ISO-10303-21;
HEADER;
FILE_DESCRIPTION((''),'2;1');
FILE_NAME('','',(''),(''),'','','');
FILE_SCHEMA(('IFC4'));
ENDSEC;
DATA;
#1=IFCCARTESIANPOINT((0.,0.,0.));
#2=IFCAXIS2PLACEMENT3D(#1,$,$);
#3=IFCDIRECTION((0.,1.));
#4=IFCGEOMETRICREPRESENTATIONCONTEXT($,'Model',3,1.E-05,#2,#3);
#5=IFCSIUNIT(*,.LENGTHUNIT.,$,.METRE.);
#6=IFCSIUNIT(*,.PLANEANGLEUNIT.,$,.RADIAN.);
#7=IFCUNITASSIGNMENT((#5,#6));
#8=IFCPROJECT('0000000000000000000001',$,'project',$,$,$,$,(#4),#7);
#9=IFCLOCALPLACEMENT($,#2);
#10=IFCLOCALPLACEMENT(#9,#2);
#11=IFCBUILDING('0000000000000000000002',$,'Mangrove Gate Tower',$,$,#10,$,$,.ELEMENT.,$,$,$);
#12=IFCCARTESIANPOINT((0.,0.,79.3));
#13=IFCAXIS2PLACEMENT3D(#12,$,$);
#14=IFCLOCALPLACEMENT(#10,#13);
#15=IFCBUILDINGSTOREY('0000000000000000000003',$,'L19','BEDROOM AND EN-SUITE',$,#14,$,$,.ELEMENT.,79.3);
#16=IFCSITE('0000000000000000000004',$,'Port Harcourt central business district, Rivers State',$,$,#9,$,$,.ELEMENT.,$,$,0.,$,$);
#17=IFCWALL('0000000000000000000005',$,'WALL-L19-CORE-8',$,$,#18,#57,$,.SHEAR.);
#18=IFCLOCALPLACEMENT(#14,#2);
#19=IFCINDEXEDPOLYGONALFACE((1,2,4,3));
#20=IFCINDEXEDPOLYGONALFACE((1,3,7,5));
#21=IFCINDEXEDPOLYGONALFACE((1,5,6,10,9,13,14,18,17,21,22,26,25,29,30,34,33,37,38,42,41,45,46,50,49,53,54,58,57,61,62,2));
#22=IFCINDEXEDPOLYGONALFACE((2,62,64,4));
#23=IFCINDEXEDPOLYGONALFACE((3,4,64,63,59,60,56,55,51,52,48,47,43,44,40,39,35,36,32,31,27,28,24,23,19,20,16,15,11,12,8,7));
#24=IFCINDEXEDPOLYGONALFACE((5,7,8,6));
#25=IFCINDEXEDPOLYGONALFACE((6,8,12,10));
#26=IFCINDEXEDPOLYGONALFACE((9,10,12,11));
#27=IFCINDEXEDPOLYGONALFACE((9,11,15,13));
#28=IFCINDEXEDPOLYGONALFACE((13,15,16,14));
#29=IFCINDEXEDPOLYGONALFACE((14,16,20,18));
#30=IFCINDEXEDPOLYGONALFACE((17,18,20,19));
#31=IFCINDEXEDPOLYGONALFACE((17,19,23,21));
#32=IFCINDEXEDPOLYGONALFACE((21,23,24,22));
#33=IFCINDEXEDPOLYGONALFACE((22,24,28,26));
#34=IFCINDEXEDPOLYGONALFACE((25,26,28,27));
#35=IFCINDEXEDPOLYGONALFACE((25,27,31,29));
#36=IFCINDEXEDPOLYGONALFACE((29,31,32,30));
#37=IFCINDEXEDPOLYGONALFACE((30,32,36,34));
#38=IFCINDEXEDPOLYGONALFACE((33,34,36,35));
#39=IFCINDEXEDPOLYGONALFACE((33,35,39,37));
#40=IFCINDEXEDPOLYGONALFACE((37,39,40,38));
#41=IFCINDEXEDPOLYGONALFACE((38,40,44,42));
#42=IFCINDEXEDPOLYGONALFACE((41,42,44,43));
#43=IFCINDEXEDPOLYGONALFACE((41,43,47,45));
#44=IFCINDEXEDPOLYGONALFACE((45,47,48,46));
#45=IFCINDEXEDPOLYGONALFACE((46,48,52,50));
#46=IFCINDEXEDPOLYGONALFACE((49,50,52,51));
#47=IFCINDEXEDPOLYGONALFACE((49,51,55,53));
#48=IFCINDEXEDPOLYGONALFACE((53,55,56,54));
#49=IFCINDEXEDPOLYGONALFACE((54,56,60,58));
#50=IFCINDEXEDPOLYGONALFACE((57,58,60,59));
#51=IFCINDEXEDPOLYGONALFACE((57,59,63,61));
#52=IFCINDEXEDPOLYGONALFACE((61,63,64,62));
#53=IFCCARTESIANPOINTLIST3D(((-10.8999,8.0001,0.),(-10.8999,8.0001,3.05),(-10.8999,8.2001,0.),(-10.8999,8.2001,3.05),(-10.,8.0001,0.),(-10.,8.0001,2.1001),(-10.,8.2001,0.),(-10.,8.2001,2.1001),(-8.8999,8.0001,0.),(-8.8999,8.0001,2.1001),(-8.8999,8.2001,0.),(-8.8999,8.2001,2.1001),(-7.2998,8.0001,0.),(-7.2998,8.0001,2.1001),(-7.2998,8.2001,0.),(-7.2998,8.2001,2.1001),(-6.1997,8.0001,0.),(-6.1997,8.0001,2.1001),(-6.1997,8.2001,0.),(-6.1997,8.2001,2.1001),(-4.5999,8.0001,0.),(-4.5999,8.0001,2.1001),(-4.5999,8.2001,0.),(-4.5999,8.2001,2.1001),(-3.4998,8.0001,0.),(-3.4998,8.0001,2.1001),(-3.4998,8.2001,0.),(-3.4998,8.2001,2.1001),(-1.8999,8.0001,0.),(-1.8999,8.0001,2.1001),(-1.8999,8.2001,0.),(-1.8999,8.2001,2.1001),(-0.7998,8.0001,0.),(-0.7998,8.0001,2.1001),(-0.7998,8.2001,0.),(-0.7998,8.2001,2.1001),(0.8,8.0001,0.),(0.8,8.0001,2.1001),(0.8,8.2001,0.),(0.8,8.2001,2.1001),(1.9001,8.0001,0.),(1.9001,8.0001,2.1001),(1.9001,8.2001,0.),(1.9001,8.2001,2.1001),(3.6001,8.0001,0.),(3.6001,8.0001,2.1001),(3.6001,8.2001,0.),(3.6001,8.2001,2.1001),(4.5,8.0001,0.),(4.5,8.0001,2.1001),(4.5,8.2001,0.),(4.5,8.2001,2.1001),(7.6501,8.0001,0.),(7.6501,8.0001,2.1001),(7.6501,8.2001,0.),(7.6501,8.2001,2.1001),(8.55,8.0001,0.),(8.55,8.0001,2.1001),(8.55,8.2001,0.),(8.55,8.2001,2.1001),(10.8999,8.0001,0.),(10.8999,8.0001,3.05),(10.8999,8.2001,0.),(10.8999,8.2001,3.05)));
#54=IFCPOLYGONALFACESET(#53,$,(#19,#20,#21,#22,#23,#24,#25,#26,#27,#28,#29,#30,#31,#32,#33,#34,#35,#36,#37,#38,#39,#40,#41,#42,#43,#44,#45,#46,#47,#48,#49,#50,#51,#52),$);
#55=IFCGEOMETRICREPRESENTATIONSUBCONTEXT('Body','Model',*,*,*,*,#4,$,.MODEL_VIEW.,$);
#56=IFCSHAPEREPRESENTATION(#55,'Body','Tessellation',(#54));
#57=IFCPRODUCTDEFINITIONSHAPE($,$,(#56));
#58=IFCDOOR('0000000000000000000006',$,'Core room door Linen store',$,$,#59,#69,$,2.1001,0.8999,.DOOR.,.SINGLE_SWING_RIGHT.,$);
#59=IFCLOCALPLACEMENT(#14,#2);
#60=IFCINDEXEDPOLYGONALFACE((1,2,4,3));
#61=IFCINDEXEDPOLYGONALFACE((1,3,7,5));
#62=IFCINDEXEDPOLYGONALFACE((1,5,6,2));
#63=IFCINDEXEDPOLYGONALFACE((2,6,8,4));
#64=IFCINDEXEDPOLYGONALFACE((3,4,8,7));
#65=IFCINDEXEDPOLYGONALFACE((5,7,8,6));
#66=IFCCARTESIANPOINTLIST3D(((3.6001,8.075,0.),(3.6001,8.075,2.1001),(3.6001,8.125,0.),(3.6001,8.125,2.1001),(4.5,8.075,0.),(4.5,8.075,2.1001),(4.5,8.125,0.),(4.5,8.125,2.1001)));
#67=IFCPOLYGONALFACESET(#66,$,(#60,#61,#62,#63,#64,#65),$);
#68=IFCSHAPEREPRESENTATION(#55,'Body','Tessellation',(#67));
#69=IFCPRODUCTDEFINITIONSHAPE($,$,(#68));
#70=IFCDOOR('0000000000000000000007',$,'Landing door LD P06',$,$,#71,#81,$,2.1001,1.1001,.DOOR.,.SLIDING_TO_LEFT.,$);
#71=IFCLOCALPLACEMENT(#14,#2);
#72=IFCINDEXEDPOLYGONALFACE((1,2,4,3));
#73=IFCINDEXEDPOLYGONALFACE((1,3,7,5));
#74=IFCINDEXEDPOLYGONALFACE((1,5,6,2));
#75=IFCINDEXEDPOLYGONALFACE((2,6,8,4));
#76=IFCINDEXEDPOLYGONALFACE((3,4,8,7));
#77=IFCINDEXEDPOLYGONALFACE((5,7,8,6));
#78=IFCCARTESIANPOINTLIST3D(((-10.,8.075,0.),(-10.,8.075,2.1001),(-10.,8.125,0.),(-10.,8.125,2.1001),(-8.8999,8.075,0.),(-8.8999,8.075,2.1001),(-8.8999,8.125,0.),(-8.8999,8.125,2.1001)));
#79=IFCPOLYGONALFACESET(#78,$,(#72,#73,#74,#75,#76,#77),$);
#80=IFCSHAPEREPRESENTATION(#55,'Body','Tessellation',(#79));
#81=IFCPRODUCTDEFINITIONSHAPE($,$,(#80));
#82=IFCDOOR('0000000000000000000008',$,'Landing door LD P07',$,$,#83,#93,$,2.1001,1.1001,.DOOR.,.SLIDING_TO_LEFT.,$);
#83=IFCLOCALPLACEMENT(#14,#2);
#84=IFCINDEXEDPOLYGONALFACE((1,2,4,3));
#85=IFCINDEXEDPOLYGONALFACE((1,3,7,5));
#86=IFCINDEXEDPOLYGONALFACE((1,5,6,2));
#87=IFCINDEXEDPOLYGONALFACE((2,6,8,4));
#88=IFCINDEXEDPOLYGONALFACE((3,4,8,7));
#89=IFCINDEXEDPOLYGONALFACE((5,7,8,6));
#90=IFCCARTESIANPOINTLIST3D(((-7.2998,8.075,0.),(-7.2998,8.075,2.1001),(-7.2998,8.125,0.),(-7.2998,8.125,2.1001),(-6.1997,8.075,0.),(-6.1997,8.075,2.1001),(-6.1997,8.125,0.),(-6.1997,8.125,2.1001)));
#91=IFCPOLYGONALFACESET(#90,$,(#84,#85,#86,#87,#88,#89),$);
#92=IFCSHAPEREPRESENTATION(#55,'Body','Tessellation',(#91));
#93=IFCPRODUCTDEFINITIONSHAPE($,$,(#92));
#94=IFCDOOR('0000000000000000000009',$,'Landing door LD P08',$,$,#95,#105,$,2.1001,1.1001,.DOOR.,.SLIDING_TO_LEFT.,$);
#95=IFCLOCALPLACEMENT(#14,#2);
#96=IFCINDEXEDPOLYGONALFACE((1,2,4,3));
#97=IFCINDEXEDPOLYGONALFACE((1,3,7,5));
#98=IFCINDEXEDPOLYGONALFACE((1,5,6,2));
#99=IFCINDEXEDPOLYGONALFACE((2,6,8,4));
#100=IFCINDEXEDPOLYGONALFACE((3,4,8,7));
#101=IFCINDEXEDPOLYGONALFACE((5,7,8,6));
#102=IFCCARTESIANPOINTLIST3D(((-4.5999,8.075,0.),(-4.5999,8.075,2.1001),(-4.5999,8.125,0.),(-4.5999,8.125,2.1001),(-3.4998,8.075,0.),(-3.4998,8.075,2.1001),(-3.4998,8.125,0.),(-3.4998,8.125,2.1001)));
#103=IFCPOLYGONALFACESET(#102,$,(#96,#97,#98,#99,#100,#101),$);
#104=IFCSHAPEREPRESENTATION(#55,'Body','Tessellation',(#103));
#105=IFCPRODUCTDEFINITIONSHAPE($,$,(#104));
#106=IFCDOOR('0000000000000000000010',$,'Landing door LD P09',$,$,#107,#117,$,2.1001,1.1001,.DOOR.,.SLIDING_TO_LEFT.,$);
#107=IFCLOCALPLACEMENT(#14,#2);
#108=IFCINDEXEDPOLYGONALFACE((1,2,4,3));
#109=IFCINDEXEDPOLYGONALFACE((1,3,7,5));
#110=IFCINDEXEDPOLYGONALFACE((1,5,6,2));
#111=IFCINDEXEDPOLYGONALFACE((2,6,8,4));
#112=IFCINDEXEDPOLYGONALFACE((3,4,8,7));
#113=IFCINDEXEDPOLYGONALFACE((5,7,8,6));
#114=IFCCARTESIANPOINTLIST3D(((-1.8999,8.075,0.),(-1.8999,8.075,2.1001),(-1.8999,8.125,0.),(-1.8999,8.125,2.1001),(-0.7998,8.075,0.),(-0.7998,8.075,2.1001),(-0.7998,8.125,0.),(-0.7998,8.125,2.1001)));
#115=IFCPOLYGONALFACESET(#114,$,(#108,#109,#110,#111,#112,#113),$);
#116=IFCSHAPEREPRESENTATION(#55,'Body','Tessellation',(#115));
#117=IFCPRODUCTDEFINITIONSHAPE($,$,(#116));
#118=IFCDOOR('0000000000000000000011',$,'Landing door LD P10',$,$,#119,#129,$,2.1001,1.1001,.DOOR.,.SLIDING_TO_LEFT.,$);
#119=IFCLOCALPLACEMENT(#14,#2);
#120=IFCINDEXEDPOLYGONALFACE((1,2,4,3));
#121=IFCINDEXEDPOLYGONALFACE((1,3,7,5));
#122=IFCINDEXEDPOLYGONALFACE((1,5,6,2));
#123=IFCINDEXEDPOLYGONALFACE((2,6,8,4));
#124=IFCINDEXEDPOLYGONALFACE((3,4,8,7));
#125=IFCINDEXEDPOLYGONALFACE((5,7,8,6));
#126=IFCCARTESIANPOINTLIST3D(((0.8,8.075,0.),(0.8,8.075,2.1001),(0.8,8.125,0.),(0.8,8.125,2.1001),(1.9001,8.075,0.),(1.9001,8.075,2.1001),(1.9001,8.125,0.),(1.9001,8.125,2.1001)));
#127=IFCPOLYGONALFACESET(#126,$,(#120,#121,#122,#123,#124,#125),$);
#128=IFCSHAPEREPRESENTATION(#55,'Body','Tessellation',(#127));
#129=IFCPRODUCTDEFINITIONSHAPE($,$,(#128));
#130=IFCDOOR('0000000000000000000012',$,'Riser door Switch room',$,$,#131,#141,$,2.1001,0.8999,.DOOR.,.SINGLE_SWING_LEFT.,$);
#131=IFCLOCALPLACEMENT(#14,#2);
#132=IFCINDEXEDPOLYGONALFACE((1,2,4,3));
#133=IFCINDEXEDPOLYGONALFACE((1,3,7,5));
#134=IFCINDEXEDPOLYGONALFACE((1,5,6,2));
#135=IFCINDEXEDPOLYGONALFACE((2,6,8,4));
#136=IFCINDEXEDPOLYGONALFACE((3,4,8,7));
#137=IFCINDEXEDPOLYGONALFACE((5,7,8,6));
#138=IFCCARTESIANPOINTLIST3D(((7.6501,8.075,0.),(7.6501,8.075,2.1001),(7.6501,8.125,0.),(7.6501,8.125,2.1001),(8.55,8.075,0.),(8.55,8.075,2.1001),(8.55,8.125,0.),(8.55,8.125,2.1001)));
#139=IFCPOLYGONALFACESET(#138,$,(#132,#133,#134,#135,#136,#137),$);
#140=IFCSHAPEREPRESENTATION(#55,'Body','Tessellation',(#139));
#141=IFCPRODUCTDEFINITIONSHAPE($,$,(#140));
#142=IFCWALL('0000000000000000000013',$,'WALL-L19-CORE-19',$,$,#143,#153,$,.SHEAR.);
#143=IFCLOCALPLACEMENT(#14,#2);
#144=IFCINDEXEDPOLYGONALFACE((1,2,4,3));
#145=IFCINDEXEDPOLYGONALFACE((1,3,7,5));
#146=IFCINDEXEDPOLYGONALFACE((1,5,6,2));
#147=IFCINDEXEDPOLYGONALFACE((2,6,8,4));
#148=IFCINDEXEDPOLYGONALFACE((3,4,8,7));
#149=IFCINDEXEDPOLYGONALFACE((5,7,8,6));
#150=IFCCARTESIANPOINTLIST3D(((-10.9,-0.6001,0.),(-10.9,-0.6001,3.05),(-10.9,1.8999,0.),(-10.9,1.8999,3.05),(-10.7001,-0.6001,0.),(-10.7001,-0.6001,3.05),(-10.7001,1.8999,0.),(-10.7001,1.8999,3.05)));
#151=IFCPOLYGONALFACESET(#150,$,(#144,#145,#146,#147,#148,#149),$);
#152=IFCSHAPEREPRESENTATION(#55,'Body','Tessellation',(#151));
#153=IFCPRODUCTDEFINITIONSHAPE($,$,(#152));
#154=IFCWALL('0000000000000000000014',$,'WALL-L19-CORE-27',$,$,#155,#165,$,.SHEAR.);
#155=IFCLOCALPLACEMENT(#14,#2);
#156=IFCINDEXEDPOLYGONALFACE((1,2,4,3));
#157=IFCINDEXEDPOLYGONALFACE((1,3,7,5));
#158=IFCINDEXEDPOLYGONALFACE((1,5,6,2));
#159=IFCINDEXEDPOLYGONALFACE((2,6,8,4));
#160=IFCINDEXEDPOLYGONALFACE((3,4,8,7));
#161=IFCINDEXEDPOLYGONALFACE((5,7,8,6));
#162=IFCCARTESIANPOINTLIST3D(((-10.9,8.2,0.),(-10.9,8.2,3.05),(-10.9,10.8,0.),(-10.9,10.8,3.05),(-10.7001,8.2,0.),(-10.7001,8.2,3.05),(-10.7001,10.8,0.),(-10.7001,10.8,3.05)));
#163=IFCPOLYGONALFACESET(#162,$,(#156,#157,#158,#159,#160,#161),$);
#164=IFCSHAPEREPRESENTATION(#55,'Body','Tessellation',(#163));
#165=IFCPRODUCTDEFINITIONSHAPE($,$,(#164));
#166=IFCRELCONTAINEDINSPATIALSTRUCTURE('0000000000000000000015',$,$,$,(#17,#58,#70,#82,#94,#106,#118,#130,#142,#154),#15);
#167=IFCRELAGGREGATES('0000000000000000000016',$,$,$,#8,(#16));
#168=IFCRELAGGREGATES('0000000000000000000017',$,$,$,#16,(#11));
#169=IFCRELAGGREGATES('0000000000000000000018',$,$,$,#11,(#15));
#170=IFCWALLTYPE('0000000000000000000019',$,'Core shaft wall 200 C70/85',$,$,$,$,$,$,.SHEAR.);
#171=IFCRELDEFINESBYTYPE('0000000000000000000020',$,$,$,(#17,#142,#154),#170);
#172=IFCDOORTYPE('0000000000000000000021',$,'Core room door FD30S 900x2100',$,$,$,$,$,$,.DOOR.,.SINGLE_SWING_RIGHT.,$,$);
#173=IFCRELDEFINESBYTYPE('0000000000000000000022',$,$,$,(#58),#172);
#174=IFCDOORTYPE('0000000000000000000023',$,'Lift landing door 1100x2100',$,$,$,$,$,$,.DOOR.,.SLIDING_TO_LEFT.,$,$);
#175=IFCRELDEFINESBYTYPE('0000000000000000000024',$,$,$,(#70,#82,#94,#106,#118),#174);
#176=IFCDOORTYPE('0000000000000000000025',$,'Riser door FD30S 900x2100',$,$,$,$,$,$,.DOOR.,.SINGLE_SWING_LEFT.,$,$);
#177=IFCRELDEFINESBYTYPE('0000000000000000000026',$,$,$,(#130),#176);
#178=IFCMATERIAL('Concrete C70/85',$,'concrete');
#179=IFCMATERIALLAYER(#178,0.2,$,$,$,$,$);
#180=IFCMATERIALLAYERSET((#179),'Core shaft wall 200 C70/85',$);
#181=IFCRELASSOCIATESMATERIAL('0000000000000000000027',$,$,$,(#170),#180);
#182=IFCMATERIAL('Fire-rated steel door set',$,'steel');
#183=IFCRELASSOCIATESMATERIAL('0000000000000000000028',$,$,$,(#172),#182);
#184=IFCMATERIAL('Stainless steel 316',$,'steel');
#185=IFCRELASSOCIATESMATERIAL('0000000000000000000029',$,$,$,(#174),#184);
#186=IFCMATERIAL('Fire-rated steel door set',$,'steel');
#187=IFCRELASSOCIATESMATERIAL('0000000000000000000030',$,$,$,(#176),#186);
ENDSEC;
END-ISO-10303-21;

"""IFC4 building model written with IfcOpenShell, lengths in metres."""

from ifc_helpers import new_model, si_unit, direction, frame, frame_2d, origin, place, context, subcontext, project, spatial, rectangle, extrude, material, layer, layer_set, type_object, element, fill, save


model = new_model("IFC4")

# Units and contexts
model_context = context("Model", 3, precision=1e-05, world=origin(), true_north=direction((0.0, 1.0)))
body_context = subcontext(model_context, "Body", "Model", "MODEL_VIEW")
ifc_project = project(units=[si_unit("LENGTHUNIT", "METRE"), si_unit("PLANEANGLEUNIT", "RADIAN")], contexts=[model_context])

# Site, building, storey
site_placement = place(None, origin())
site = spatial("IfcSite", under=ifc_project, at=site_placement, Name="Port Harcourt central business district, Rivers State", CompositionType="ELEMENT", RefElevation=0.0)
building_placement = place(site_placement, origin())
building = spatial("IfcBuilding", under=site, at=building_placement, Name="Mangrove Gate Tower", CompositionType="ELEMENT")
storey_placement = place(building_placement, frame((0.0, 0.0, 79.3)))
storey = spatial("IfcBuildingStorey", under=building, at=storey_placement, Name="L19", Description="BEDROOM AND EN-SUITE", CompositionType="ELEMENT", Elevation=79.3)

# Shared definitions
ifc_material_1 = material(Name="Concrete C70/85", Category="concrete")
ifc_layer_1 = layer(ifc_material_1, 0.2)
ifc_layer_set_1 = layer_set([ifc_layer_1], Name="Core shaft wall 200 C70/85")
wall_type_1 = type_object("IfcWallType", Name="Core shaft wall 200 C70/85", PredefinedType="SHEAR", material=ifc_layer_set_1)

# Wall, openings, doors
ifc_material_2 = material(Name="Fire-rated steel door set", Category="steel")
door_type_1 = type_object("IfcDoorType", Name="Core room door FD30S 900x2100", OperationType="SINGLE_SWING_RIGHT", PredefinedType="DOOR", material=ifc_material_2)
ifc_material_3 = material(Name="Stainless steel 316", Category="steel")
door_type_2 = type_object("IfcDoorType", Name="Lift landing door 1100x2100", OperationType="SLIDING_TO_LEFT", PredefinedType="DOOR", material=ifc_material_3)
ifc_material_4 = material(Name="Fire-rated steel door set", Category="steel")
door_type_3 = type_object("IfcDoorType", Name="Riser door FD30S 900x2100", OperationType="SINGLE_SWING_LEFT", PredefinedType="DOOR", material=ifc_material_4)
wall_1_placement = place(storey_placement, frame((-10.8999, 8.1001, 0.0), z_axis=(0.0, 0.0, 1.0), x_axis=(1.0, 0.0, 0.0)))
wall_1 = element("IfcWall", 1, at=wall_1_placement, inside=storey, type_object=wall_type_1, Name="WALL-L19-CORE-8", PredefinedType="SHEAR", context=body_context, shape_type="SweptSolid", body=[
    extrude(rectangle(XDim=21.7998, YDim=0.2, at=frame_2d((10.8999, 0.0))), origin(), (0.0, 0.0, 1.0), 3.05),
])
opening_1_placement = place(wall_1_placement, frame((0.8999, 0.0, 0.0)))
opening_1 = element("IfcOpeningElement", 2, at=opening_1_placement, cuts=wall_1, PredefinedType="OPENING", context=body_context, shape_type="SweptSolid", body=[
    extrude(rectangle(XDim=1.1001, YDim=2.1001, at=frame_2d((0.55, 1.05))), frame((0.0, 0.1099, 0.0), z_axis=(0.0, -1.0, 0.0), x_axis=(1.0, 0.0, 0.0)), (0.0, 0.0, 1.0), 0.22),
])
opening_2_placement = place(wall_1_placement, frame((3.6001, 0.0, 0.0)))
opening_2 = element("IfcOpeningElement", 3, at=opening_2_placement, cuts=wall_1, PredefinedType="OPENING", context=body_context, shape_type="SweptSolid", body=[
    extrude(rectangle(XDim=1.1001, YDim=2.1001, at=frame_2d((0.55, 1.05))), frame((0.0, 0.1099, 0.0), z_axis=(0.0, -1.0, 0.0), x_axis=(1.0, 0.0, 0.0)), (0.0, 0.0, 1.0), 0.22),
])
opening_3_placement = place(wall_1_placement, frame((6.3, 0.0, 0.0)))
opening_3 = element("IfcOpeningElement", 4, at=opening_3_placement, cuts=wall_1, PredefinedType="OPENING", context=body_context, shape_type="SweptSolid", body=[
    extrude(rectangle(XDim=1.1001, YDim=2.1001, at=frame_2d((0.55, 1.05))), frame((0.0, 0.1099, 0.0), z_axis=(0.0, -1.0, 0.0), x_axis=(1.0, 0.0, 0.0)), (0.0, 0.0, 1.0), 0.22),
])
opening_4_placement = place(wall_1_placement, frame((9.0, 0.0, 0.0)))
opening_4 = element("IfcOpeningElement", 5, at=opening_4_placement, cuts=wall_1, PredefinedType="OPENING", context=body_context, shape_type="SweptSolid", body=[
    extrude(rectangle(XDim=1.1001, YDim=2.1001, at=frame_2d((0.55, 1.05))), frame((0.0, 0.1099, 0.0), z_axis=(0.0, -1.0, 0.0), x_axis=(1.0, 0.0, 0.0)), (0.0, 0.0, 1.0), 0.22),
])
opening_5_placement = place(wall_1_placement, frame((11.7, 0.0, 0.0)))
opening_5 = element("IfcOpeningElement", 6, at=opening_5_placement, cuts=wall_1, PredefinedType="OPENING", context=body_context, shape_type="SweptSolid", body=[
    extrude(rectangle(XDim=1.1001, YDim=2.1001, at=frame_2d((0.55, 1.05))), frame((0.0, 0.1099, 0.0), z_axis=(0.0, -1.0, 0.0), x_axis=(1.0, 0.0, 0.0)), (0.0, 0.0, 1.0), 0.22),
])
opening_6_placement = place(wall_1_placement, frame((14.5, 0.0, 0.0)))
opening_6 = element("IfcOpeningElement", 7, at=opening_6_placement, cuts=wall_1, PredefinedType="OPENING", context=body_context, shape_type="SweptSolid", body=[
    extrude(rectangle(XDim=0.8999, YDim=2.1001, at=frame_2d((0.45, 1.05))), frame((0.0, 0.1099, 0.0), z_axis=(0.0, -1.0, 0.0), x_axis=(1.0, 0.0, 0.0)), (0.0, 0.0, 1.0), 0.22),
])
opening_7_placement = place(wall_1_placement, frame((18.55, 0.0, 0.0)))
opening_7 = element("IfcOpeningElement", 8, at=opening_7_placement, cuts=wall_1, PredefinedType="OPENING", context=body_context, shape_type="SweptSolid", body=[
    extrude(rectangle(XDim=0.8999, YDim=2.1001, at=frame_2d((0.45, 1.05))), frame((0.0, 0.1099, 0.0), z_axis=(0.0, -1.0, 0.0), x_axis=(1.0, 0.0, 0.0)), (0.0, 0.0, 1.0), 0.22),
])
door_1_placement = place(opening_6_placement, origin())
door_1 = element("IfcDoor", 9, at=door_1_placement, inside=storey, type_object=door_type_1, Name="Core room door Linen store", OperationType="SINGLE_SWING_RIGHT", OverallHeight=2.1001, OverallWidth=0.8999, PredefinedType="DOOR", context=body_context, shape_type="SweptSolid", body=[
    extrude(rectangle(XDim=0.8999, YDim=2.1001, at=frame_2d((0.45, 1.05))), frame((0.0, 0.0249, 0.0), z_axis=(0.0, -1.0, 0.0), x_axis=(1.0, 0.0, 0.0)), (0.0, 0.0, 1.0), 0.05),
])
fill(opening_6, door_1)
door_2_placement = place(opening_1_placement, origin())
door_2 = element("IfcDoor", 10, at=door_2_placement, inside=storey, type_object=door_type_2, Name="Landing door LD P06", OperationType="SLIDING_TO_LEFT", OverallHeight=2.1001, OverallWidth=1.1001, PredefinedType="DOOR", context=body_context, shape_type="SweptSolid", body=[
    extrude(rectangle(XDim=1.1001, YDim=2.1001, at=frame_2d((0.55, 1.05))), frame((0.0, 0.0249, 0.0), z_axis=(0.0, -1.0, 0.0), x_axis=(1.0, 0.0, 0.0)), (0.0, 0.0, 1.0), 0.05),
])
fill(opening_1, door_2)
door_3_placement = place(opening_2_placement, origin())
door_3 = element("IfcDoor", 11, at=door_3_placement, inside=storey, type_object=door_type_2, Name="Landing door LD P07", OperationType="SLIDING_TO_LEFT", OverallHeight=2.1001, OverallWidth=1.1001, PredefinedType="DOOR", context=body_context, shape_type="SweptSolid", body=[
    extrude(rectangle(XDim=1.1001, YDim=2.1001, at=frame_2d((0.55, 1.05))), frame((0.0, 0.0249, 0.0), z_axis=(0.0, -1.0, 0.0), x_axis=(1.0, 0.0, 0.0)), (0.0, 0.0, 1.0), 0.05),
])
fill(opening_2, door_3)
door_4_placement = place(opening_3_placement, origin())
door_4 = element("IfcDoor", 12, at=door_4_placement, inside=storey, type_object=door_type_2, Name="Landing door LD P08", OperationType="SLIDING_TO_LEFT", OverallHeight=2.1001, OverallWidth=1.1001, PredefinedType="DOOR", context=body_context, shape_type="SweptSolid", body=[
    extrude(rectangle(XDim=1.1001, YDim=2.1001, at=frame_2d((0.55, 1.05))), frame((0.0, 0.0249, 0.0), z_axis=(0.0, -1.0, 0.0), x_axis=(1.0, 0.0, 0.0)), (0.0, 0.0, 1.0), 0.05),
])
fill(opening_3, door_4)
door_5_placement = place(opening_4_placement, origin())
door_5 = element("IfcDoor", 13, at=door_5_placement, inside=storey, type_object=door_type_2, Name="Landing door LD P09", OperationType="SLIDING_TO_LEFT", OverallHeight=2.1001, OverallWidth=1.1001, PredefinedType="DOOR", context=body_context, shape_type="SweptSolid", body=[
    extrude(rectangle(XDim=1.1001, YDim=2.1001, at=frame_2d((0.55, 1.05))), frame((0.0, 0.0249, 0.0), z_axis=(0.0, -1.0, 0.0), x_axis=(1.0, 0.0, 0.0)), (0.0, 0.0, 1.0), 0.05),
])
fill(opening_4, door_5)
door_6_placement = place(opening_5_placement, origin())
door_6 = element("IfcDoor", 14, at=door_6_placement, inside=storey, type_object=door_type_2, Name="Landing door LD P10", OperationType="SLIDING_TO_LEFT", OverallHeight=2.1001, OverallWidth=1.1001, PredefinedType="DOOR", context=body_context, shape_type="SweptSolid", body=[
    extrude(rectangle(XDim=1.1001, YDim=2.1001, at=frame_2d((0.55, 1.05))), frame((0.0, 0.0249, 0.0), z_axis=(0.0, -1.0, 0.0), x_axis=(1.0, 0.0, 0.0)), (0.0, 0.0, 1.0), 0.05),
])
fill(opening_5, door_6)
door_7_placement = place(opening_7_placement, origin())
door_7 = element("IfcDoor", 15, at=door_7_placement, inside=storey, type_object=door_type_3, Name="Riser door Switch room", OperationType="SINGLE_SWING_LEFT", OverallHeight=2.1001, OverallWidth=0.8999, PredefinedType="DOOR", context=body_context, shape_type="SweptSolid", body=[
    extrude(rectangle(XDim=0.8999, YDim=2.1001, at=frame_2d((0.45, 1.05))), frame((0.0, 0.0249, 0.0), z_axis=(0.0, -1.0, 0.0), x_axis=(1.0, 0.0, 0.0)), (0.0, 0.0, 1.0), 0.05),
])
fill(opening_7, door_7)

# Walls
wall_2_placement = place(storey_placement, frame((-10.8, -0.6001, 0.0), z_axis=(0.0, 0.0, 1.0), x_axis=(0.0, 1.0, 0.0)))
element("IfcWall", 16, at=wall_2_placement, inside=storey, type_object=wall_type_1, Name="WALL-L19-CORE-19", PredefinedType="SHEAR", context=body_context, shape_type="SweptSolid", body=[
    extrude(rectangle(XDim=2.5, YDim=0.2, at=frame_2d((1.25, 0.0))), origin(), (0.0, 0.0, 1.0), 3.05),
])
wall_3_placement = place(storey_placement, frame((-10.8, 8.2, 0.0), z_axis=(0.0, 0.0, 1.0), x_axis=(0.0, 1.0, 0.0)))
element("IfcWall", 17, at=wall_3_placement, inside=storey, type_object=wall_type_1, Name="WALL-L19-CORE-27", PredefinedType="SHEAR", context=body_context, shape_type="SweptSolid", body=[
    extrude(rectangle(XDim=2.6001, YDim=0.2, at=frame_2d((1.3, 0.0))), origin(), (0.0, 0.0, 1.0), 3.05),
])

save(model, "model.ifc")
